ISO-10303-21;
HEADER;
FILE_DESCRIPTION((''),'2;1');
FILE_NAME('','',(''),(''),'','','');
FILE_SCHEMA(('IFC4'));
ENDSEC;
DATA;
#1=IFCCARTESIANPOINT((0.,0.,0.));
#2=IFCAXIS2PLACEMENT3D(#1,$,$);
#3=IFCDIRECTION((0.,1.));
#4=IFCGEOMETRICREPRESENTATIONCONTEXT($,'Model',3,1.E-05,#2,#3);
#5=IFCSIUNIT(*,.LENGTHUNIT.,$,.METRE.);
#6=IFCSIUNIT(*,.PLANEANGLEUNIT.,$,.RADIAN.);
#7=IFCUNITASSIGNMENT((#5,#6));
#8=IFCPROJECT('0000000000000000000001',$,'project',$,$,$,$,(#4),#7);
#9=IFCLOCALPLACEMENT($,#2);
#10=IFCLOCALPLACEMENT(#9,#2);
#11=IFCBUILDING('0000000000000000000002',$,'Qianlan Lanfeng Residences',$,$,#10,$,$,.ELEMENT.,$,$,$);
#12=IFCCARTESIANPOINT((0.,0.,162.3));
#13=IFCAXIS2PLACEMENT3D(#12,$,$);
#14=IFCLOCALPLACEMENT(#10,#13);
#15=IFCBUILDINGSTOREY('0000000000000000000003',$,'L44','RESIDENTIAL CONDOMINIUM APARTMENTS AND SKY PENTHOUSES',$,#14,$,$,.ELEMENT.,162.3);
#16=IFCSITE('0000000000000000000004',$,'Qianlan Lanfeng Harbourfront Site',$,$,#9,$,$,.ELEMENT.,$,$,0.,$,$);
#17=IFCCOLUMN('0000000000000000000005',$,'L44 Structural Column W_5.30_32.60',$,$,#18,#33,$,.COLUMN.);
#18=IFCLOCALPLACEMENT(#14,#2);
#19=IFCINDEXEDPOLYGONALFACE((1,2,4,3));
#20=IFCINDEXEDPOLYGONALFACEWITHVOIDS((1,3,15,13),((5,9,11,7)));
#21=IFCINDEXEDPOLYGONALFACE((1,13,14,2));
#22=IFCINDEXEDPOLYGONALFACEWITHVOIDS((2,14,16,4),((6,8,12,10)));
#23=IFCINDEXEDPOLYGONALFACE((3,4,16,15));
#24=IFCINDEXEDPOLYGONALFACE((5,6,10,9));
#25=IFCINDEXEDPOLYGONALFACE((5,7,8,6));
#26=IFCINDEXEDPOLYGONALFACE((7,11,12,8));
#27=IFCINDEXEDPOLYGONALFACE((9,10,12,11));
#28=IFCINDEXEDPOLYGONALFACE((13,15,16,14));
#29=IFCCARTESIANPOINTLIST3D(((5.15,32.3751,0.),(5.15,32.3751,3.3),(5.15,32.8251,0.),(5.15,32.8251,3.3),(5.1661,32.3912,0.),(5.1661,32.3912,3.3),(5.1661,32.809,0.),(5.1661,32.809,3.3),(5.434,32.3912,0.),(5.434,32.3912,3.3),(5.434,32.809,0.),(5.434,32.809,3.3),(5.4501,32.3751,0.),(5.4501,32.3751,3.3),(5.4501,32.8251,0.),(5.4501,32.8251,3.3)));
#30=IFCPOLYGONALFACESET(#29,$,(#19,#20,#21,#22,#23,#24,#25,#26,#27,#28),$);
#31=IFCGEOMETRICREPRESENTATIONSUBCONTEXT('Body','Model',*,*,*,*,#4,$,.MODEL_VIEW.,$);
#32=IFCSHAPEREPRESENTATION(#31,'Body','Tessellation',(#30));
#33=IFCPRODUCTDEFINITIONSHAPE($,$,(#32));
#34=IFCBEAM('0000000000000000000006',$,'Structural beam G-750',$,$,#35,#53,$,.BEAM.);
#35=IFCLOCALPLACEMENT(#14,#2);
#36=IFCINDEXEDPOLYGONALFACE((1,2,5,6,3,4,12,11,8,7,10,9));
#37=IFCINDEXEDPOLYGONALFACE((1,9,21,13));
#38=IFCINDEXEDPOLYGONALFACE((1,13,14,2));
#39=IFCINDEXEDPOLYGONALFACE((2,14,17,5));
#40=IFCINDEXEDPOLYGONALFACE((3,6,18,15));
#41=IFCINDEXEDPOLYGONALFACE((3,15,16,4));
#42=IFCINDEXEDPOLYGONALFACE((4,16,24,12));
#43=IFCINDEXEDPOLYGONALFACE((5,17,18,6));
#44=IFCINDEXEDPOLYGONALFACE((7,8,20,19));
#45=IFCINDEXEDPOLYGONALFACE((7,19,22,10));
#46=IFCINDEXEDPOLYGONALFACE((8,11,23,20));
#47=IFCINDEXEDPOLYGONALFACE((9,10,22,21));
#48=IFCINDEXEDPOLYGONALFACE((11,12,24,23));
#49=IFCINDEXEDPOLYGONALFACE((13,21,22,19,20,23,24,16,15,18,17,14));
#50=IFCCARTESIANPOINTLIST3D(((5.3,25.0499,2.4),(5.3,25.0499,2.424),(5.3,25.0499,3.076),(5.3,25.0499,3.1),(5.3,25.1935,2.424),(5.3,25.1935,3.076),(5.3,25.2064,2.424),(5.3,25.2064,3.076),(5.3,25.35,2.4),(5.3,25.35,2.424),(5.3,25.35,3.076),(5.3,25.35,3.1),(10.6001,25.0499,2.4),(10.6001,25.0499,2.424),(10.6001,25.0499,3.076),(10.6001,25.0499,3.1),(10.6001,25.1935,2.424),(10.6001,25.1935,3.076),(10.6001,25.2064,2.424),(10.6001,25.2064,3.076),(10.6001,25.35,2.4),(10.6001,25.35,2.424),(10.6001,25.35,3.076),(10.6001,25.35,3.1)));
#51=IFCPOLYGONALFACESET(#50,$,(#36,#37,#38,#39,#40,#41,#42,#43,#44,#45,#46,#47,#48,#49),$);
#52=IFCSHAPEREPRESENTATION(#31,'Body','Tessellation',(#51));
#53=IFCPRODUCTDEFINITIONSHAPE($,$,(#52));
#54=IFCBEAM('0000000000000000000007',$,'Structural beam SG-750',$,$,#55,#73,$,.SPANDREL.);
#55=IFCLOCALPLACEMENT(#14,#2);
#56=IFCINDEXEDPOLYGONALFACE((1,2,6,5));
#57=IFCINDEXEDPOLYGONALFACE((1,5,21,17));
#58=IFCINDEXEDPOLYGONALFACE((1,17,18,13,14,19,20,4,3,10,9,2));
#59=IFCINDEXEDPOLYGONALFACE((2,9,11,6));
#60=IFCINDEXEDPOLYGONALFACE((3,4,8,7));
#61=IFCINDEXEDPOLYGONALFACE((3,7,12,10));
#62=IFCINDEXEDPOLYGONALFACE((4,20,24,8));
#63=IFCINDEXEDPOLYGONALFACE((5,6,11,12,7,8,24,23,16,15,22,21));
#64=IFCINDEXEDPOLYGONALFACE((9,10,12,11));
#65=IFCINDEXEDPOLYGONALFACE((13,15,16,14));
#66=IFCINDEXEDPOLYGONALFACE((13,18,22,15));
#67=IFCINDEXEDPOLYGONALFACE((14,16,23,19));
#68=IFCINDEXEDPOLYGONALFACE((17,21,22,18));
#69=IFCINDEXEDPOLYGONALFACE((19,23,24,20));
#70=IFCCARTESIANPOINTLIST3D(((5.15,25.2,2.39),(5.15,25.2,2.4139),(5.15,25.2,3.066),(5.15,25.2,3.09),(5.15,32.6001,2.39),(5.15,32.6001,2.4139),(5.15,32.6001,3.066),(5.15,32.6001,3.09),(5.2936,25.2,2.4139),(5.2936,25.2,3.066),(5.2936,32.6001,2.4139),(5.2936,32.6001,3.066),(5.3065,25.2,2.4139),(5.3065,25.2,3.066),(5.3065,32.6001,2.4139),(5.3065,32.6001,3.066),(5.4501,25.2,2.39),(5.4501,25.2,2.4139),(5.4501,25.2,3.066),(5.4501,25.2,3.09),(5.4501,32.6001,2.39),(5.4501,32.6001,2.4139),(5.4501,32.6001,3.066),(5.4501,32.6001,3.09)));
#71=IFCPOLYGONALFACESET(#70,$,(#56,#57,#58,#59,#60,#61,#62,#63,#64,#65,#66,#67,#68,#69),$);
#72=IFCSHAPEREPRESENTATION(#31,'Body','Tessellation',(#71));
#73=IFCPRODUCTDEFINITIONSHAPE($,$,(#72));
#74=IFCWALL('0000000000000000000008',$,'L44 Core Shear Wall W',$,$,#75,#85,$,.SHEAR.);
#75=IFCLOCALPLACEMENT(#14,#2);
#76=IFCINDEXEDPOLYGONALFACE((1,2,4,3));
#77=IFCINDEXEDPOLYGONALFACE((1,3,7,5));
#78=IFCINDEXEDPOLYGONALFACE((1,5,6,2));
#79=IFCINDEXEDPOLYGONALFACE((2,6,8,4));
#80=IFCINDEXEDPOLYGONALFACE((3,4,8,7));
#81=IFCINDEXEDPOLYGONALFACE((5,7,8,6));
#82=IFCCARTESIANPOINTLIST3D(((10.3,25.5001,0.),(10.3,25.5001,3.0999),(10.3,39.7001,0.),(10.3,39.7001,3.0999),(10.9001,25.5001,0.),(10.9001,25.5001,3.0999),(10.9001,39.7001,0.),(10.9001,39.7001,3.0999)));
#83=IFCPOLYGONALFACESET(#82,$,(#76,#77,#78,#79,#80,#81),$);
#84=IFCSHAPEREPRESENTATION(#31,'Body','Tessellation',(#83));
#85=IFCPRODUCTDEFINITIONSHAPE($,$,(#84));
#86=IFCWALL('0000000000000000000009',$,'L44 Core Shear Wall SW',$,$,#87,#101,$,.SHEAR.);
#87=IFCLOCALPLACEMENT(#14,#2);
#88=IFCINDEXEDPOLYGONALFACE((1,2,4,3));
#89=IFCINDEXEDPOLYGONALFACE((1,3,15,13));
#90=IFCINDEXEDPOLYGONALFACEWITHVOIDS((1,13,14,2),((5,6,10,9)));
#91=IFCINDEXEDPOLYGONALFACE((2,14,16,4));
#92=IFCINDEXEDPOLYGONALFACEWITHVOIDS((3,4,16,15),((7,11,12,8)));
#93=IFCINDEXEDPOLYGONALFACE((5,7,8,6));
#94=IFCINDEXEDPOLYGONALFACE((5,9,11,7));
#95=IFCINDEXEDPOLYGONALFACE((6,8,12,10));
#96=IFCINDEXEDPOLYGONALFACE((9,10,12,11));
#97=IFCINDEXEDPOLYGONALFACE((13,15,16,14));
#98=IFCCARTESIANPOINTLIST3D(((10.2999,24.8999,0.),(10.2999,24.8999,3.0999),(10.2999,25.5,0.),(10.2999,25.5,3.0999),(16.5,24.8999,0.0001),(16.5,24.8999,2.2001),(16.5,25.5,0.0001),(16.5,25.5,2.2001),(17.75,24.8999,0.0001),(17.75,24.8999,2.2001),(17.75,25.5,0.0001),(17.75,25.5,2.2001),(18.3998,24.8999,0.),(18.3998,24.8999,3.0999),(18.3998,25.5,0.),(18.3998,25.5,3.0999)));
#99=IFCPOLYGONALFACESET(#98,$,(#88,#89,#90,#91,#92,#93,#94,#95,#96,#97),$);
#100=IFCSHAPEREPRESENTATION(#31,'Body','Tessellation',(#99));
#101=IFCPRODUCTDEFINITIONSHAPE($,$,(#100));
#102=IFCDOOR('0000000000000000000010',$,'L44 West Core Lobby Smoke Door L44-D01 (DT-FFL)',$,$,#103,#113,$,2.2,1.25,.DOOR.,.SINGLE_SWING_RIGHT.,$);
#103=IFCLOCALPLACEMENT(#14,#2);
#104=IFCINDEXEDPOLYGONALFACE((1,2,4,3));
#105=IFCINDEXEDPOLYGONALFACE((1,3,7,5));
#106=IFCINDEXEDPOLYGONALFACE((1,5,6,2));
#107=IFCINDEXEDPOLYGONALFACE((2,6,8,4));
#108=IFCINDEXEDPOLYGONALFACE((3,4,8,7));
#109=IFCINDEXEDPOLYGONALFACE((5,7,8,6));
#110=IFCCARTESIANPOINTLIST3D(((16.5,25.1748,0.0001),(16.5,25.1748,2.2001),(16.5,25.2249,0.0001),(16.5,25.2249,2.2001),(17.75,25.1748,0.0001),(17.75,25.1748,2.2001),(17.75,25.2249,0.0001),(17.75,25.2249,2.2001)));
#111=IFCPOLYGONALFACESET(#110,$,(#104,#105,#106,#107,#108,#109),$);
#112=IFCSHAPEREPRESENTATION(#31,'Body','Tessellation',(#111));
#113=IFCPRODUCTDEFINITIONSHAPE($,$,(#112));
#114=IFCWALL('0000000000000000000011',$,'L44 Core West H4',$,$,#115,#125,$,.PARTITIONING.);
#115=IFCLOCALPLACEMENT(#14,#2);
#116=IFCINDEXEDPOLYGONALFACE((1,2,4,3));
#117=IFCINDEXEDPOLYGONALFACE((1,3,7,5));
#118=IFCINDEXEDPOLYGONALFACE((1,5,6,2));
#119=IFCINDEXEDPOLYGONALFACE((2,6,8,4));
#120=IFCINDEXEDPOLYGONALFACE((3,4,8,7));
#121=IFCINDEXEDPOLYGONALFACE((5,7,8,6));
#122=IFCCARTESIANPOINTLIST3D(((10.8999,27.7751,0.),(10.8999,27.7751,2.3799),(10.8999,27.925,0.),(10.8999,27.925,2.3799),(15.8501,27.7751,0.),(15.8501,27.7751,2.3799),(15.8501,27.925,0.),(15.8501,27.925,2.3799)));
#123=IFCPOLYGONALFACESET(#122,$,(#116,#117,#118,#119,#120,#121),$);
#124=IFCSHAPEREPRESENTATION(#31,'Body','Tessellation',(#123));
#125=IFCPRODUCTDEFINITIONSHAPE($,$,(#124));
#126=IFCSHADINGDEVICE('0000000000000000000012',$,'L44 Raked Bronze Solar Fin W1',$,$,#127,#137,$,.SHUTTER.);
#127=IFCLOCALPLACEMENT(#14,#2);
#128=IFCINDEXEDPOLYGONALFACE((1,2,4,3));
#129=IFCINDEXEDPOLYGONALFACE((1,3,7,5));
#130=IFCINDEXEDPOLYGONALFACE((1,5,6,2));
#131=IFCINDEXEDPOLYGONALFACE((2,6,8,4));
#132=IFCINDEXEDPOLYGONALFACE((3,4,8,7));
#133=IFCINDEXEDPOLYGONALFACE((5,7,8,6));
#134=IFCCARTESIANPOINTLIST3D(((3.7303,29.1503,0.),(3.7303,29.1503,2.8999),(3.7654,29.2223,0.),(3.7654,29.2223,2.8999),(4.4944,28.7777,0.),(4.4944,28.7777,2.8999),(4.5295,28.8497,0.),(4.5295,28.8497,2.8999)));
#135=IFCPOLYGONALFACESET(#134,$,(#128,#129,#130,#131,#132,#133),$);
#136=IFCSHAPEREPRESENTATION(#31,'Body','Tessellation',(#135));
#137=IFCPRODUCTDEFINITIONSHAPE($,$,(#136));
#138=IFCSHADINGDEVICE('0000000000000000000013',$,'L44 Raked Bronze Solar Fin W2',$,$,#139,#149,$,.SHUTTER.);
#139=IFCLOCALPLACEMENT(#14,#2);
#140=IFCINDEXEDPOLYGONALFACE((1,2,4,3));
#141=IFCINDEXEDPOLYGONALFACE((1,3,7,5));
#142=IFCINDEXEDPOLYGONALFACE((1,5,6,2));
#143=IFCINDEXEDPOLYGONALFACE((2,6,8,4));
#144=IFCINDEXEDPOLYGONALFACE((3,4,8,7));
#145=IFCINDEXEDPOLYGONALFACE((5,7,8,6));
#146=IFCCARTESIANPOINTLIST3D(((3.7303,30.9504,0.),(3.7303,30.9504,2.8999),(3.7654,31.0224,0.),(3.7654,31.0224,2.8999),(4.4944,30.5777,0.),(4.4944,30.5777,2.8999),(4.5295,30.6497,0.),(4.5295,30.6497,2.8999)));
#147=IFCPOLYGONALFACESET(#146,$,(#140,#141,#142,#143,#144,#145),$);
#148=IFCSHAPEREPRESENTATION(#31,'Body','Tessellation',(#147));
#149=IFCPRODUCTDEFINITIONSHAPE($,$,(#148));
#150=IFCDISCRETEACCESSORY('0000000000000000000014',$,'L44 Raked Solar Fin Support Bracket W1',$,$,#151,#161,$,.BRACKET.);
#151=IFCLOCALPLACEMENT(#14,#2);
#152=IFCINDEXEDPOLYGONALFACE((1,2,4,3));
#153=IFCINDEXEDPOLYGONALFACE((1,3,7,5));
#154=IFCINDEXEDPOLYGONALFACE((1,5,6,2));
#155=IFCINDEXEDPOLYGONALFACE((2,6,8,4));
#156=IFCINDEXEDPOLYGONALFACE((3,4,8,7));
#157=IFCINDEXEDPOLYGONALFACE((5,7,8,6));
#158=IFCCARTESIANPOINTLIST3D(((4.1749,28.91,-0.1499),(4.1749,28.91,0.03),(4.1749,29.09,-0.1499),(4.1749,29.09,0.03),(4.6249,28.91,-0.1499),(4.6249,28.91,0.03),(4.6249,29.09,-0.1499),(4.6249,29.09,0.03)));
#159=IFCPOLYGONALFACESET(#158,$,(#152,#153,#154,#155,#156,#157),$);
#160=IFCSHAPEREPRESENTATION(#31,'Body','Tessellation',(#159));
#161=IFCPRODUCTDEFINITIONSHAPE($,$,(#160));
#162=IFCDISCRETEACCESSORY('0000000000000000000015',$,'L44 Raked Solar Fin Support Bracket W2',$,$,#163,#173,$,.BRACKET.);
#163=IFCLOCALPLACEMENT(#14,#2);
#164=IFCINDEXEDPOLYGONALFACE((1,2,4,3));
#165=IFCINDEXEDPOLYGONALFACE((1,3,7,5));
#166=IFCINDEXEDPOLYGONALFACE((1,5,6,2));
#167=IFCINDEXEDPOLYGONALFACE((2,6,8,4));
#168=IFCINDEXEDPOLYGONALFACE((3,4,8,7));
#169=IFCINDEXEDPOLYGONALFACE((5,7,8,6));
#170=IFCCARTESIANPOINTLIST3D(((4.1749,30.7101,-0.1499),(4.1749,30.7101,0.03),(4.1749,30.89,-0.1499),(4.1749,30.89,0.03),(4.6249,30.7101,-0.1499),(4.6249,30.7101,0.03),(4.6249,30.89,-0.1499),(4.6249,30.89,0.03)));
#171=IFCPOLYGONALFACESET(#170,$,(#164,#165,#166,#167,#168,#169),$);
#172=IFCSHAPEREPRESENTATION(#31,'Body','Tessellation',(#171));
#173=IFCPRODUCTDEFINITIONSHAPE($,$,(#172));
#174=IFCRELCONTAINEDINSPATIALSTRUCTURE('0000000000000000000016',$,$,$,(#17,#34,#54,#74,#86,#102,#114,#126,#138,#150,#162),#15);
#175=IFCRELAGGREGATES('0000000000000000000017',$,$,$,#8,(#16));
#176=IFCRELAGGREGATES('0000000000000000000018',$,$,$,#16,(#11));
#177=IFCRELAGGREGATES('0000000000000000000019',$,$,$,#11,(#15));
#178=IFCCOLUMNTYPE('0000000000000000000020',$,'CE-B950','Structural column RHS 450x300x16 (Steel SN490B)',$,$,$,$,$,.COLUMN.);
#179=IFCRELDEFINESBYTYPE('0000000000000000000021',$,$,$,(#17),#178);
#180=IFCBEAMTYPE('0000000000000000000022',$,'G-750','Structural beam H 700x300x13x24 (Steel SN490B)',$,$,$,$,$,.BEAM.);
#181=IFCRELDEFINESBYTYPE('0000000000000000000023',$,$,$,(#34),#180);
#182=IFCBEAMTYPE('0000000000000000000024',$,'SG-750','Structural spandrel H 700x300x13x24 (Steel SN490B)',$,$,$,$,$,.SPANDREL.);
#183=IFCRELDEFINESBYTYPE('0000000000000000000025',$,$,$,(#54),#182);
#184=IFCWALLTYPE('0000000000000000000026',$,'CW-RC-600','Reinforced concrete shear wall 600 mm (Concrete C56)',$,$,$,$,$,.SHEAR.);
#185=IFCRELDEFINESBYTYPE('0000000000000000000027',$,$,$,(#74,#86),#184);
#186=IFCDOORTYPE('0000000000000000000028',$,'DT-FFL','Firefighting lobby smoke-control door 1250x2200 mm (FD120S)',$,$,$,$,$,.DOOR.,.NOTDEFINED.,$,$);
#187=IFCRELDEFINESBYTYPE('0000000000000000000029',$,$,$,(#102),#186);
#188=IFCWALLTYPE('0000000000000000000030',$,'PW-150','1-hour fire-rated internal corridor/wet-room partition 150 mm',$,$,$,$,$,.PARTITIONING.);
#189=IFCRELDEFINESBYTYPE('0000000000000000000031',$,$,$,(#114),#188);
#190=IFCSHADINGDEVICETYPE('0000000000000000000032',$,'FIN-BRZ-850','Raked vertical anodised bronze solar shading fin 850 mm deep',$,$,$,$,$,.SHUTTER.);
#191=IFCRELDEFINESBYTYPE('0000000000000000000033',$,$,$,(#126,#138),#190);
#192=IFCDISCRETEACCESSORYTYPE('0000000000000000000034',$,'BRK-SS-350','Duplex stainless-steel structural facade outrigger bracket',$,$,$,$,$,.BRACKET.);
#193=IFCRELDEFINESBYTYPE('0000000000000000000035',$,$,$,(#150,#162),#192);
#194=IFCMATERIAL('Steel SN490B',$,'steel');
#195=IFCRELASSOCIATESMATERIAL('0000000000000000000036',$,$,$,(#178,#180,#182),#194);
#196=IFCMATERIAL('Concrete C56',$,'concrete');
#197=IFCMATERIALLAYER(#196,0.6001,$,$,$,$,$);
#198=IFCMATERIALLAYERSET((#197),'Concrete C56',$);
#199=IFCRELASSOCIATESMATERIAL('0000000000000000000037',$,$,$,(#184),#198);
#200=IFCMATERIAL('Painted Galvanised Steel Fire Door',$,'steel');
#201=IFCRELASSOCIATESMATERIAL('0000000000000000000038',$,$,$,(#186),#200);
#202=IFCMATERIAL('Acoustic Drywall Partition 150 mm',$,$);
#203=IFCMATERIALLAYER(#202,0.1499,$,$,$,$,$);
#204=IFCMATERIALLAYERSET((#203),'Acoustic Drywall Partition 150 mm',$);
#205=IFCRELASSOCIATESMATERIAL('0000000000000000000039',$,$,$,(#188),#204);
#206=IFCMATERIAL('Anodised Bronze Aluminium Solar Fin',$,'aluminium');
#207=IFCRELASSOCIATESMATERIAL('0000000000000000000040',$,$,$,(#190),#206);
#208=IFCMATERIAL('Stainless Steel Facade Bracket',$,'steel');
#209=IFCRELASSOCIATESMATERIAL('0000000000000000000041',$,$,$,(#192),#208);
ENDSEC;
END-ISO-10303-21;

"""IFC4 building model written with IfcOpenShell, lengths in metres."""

from ifc_helpers import new_model, si_unit, direction, frame, frame_2d, origin, origin_2d, place, context, subcontext, project, spatial, rectangle, hollow_rectangle, i_section, extrude, source, transform, mapped, material, layer, layer_set, material_profile, profile_set, type_object, element, fill, save


model = new_model("IFC4")

# Units and contexts
model_context = context("Model", 3, precision=1e-05, world=origin(), true_north=direction((0.0, 1.0)))
body_context = subcontext(model_context, "Body", "Model", "MODEL_VIEW")
ifc_project = project(units=[si_unit("LENGTHUNIT", "METRE"), si_unit("PLANEANGLEUNIT", "RADIAN")], contexts=[model_context])

# Site, building, storey
site_placement = place(None, origin())
site = spatial("IfcSite", under=ifc_project, at=site_placement, Name="Qianlan Lanfeng Harbourfront Site", CompositionType="ELEMENT", RefElevation=0.0)
building_placement = place(site_placement, origin())
building = spatial("IfcBuilding", under=site, at=building_placement, Name="Qianlan Lanfeng Residences", CompositionType="ELEMENT")
storey_placement = place(building_placement, frame((0.0, 0.0, 162.3)))
storey = spatial("IfcBuildingStorey", under=building, at=storey_placement, Name="L44", Description="RESIDENTIAL CONDOMINIUM APARTMENTS AND SKY PENTHOUSES", CompositionType="ELEMENT", Elevation=162.3)

# Column
ifc_material_1 = material(Name="Steel SN490B", Category="steel")
ifc_material_profile_1 = material_profile(ifc_material_1, hollow_rectangle(XDim=0.3, YDim=0.45, WallThickness=0.0161, at=origin_2d()), Name="RHS 450x300x16")
ifc_profile_set_1 = profile_set([ifc_material_profile_1], Name="Steel SN490B")
column_type = type_object("IfcColumnType", Name="CE-B950", Description="Structural column RHS 450x300x16 (Steel SN490B)", PredefinedType="COLUMN", material=ifc_profile_set_1)
column_placement = place(storey_placement, frame((5.3, 32.6001, 0.0), z_axis=(0.0, 0.0, 1.0), x_axis=(1.0, 0.0, 0.0)))
element("IfcColumn", 1, at=column_placement, inside=storey, type_object=column_type, Name="L44 Structural Column W_5.30_32.60", PredefinedType="COLUMN", context=body_context, shape_type="SweptSolid", body=[
    extrude(hollow_rectangle(XDim=0.3, YDim=0.45, WallThickness=0.0161, at=origin_2d()), origin(), (0.0, 0.0, 1.0), 3.3),
])

# Beams
ifc_material_profile_2 = material_profile(ifc_material_1, i_section(OverallWidth=0.3, OverallDepth=0.7, WebThickness=0.0129, FlangeThickness=0.0239, at=origin_2d()), Name="H 700x300x13x24")
ifc_profile_set_2 = profile_set([ifc_material_profile_2], Name="Steel SN490B")
beam_type_1 = type_object("IfcBeamType", Name="G-750", Description="Structural beam H 700x300x13x24 (Steel SN490B)", PredefinedType="BEAM", material=ifc_profile_set_2)
beam_1_placement = place(storey_placement, frame((5.3, 25.2, 2.75), z_axis=(1.0, 0.0, 0.0), x_axis=(0.0, 1.0, 0.0)))
element("IfcBeam", 2, at=beam_1_placement, inside=storey, type_object=beam_type_1, Name="Structural beam G-750", PredefinedType="BEAM", context=body_context, shape_type="SweptSolid", body=[
    extrude(i_section(OverallWidth=0.3, OverallDepth=0.7, WebThickness=0.0129, FlangeThickness=0.0239, at=origin_2d()), origin(), (0.0, 0.0, 1.0), 5.3),
])
ifc_material_profile_3 = material_profile(ifc_material_1, i_section(OverallWidth=0.3, OverallDepth=0.7, WebThickness=0.0129, FlangeThickness=0.0239, at=origin_2d()), Name="H 700x300x13x24")
ifc_profile_set_3 = profile_set([ifc_material_profile_3], Name="Steel SN490B")
beam_type_2 = type_object("IfcBeamType", Name="SG-750", Description="Structural spandrel H 700x300x13x24 (Steel SN490B)", PredefinedType="SPANDREL", material=ifc_profile_set_3)
beam_2_placement = place(storey_placement, frame((5.3, 25.2, 2.74), z_axis=(0.0, 1.0, 0.0), x_axis=(-1.0, 0.0, 0.0)))
element("IfcBeam", 3, at=beam_2_placement, inside=storey, type_object=beam_type_2, Name="Structural beam SG-750", PredefinedType="SPANDREL", context=body_context, shape_type="SweptSolid", body=[
    extrude(i_section(OverallWidth=0.3, OverallDepth=0.7, WebThickness=0.0129, FlangeThickness=0.0239, at=origin_2d()), origin(), (0.0, 0.0, 1.0), 7.4001),
])

# Wall
ifc_material_2 = material(Name="Concrete C56", Category="concrete")
ifc_layer_1 = layer(ifc_material_2, 0.6001)
ifc_layer_set_1 = layer_set([ifc_layer_1], Name="Concrete C56")
wall_type_1 = type_object("IfcWallType", Name="CW-RC-600", Description="Reinforced concrete shear wall 600 mm (Concrete C56)", PredefinedType="SHEAR", material=ifc_layer_set_1)
wall_1_placement = place(storey_placement, frame((10.6001, 25.5, 0.0), z_axis=(0.0, 0.0, 1.0), x_axis=(0.0, 1.0, 0.0)))
element("IfcWall", 4, at=wall_1_placement, inside=storey, type_object=wall_type_1, Name="L44 Core Shear Wall W", PredefinedType="SHEAR", context=body_context, shape_type="SweptSolid", body=[
    extrude(rectangle(XDim=14.2, YDim=0.6001, at=frame_2d((7.1001, 0.0))), origin(), (0.0, 0.0, 1.0), 3.0999),
])

# Wall, opening, door
wall_2_placement = place(storey_placement, frame((10.3, 25.2, 0.0), z_axis=(0.0, 0.0, 1.0), x_axis=(1.0, 0.0, 0.0)))
wall_2 = element("IfcWall", 5, at=wall_2_placement, inside=storey, type_object=wall_type_1, Name="L44 Core Shear Wall SW", PredefinedType="SHEAR", context=body_context, shape_type="SweptSolid", body=[
    extrude(rectangle(XDim=8.0999, YDim=0.6001, at=frame_2d((4.0498, 0.0))), origin(), (0.0, 0.0, 1.0), 3.0999),
])
opening_placement = place(wall_2_placement, frame((6.2, 0.0, 0.0)))
opening = element("IfcOpeningElement", 6, at=opening_placement, cuts=wall_2, PredefinedType="OPENING", context=body_context, shape_type="SweptSolid", body=[
    extrude(rectangle(XDim=1.25, YDim=2.2, at=frame_2d((0.625, 1.1001))), frame((0.0, 0.3101, 0.0), z_axis=(0.0, -1.0, 0.0), x_axis=(1.0, 0.0, 0.0)), (0.0, 0.0, 1.0), 0.6201),
])
ifc_material_3 = material(Name="Painted Galvanised Steel Fire Door", Category="steel")
door_type = type_object("IfcDoorType", Name="DT-FFL", Description="Firefighting lobby smoke-control door 1250x2200 mm (FD120S)", OperationType="NOTDEFINED", PredefinedType="DOOR", material=ifc_material_3)
door_placement = place(opening_placement, origin())
door = element("IfcDoor", 7, at=door_placement, inside=storey, type_object=door_type, Name="L44 West Core Lobby Smoke Door L44-D01 (DT-FFL)", OperationType="SINGLE_SWING_RIGHT", OverallHeight=2.2, OverallWidth=1.25, PredefinedType="DOOR", context=body_context, shape_type="SweptSolid", body=[
    extrude(rectangle(XDim=1.25, YDim=2.2, at=frame_2d((0.625, 1.1001))), frame((0.0, 0.0249, 0.0), z_axis=(0.0, -1.0, 0.0), x_axis=(1.0, 0.0, 0.0)), (0.0, 0.0, 1.0), 0.05),
])
fill(opening, door)

# Wall
ifc_material_4 = material(Name="Acoustic Drywall Partition 150 mm")
ifc_layer_2 = layer(ifc_material_4, 0.1499)
ifc_layer_set_2 = layer_set([ifc_layer_2], Name="Acoustic Drywall Partition 150 mm")
wall_type_2 = type_object("IfcWallType", Name="PW-150", Description="1-hour fire-rated internal corridor/wet-room partition 150 mm", PredefinedType="PARTITIONING", material=ifc_layer_set_2)
wall_3_placement = place(storey_placement, frame((10.8999, 27.8501, 0.0), z_axis=(0.0, 0.0, 1.0), x_axis=(1.0, 0.0, 0.0)))
element("IfcWall", 8, at=wall_3_placement, inside=storey, type_object=wall_type_2, Name="L44 Core West H4", PredefinedType="PARTITIONING", context=body_context, shape_type="SweptSolid", body=[
    extrude(rectangle(XDim=4.9502, YDim=0.1499, at=frame_2d((2.4751, 0.0))), origin(), (0.0, 0.0, 1.0), 2.3799),
])

# Shading devices
ifc_material_5 = material(Name="Anodised Bronze Aluminium Solar Fin", Category="aluminium")
shading_device_type = type_object("IfcShadingDeviceType", Name="FIN-BRZ-850", Description="Raked vertical anodised bronze solar shading fin 850 mm deep", PredefinedType="SHUTTER", material=ifc_material_5)
shared_shape_1 = source(origin(), body_context, "Body", "SweptSolid", [
    extrude(rectangle(XDim=0.8501, YDim=0.0801, at=origin_2d()), origin(), (0.0, 0.0, 1.0), 2.8999),
])
for number, where, z_axis, x_axis, name in (
    (9, (4.1299, 29.0, 0.0), (0.0, 0.0, 1.0), (0.898794, -0.438371, 0.0), "L44 Raked Bronze Solar Fin W1"),
    (10, (4.1299, 30.8, 0.0), (0.0, 0.0, 1.0), (0.898794, -0.438371, 0.0), "L44 Raked Bronze Solar Fin W2"),
):
    element("IfcShadingDevice", number, at=place(storey_placement, frame(where, z_axis=z_axis, x_axis=x_axis)), inside=storey, type_object=shading_device_type, Name=name, PredefinedType="SHUTTER", context=body_context, shape_type="MappedRepresentation", body=[
        mapped(shared_shape_1, transform((0.0, 0.0, 0.0), scale=1.0)),
    ])

# Discrete accessories
ifc_material_6 = material(Name="Stainless Steel Facade Bracket", Category="steel")
discrete_accessory_type = type_object("IfcDiscreteAccessoryType", Name="BRK-SS-350", Description="Duplex stainless-steel structural facade outrigger bracket", PredefinedType="BRACKET", material=ifc_material_6)
shared_shape_2 = source(origin(), body_context, "Body", "SweptSolid", [
    extrude(rectangle(XDim=0.45, YDim=0.1799, at=origin_2d()), origin(), (0.0, 0.0, 1.0), 0.1799),
])
for number, where, z_axis, x_axis, name in (
    (11, (4.3999, 29.0, -0.1499), (0.0, 0.0, 1.0), (1.0, 0.0, 0.0), "L44 Raked Solar Fin Support Bracket W1"),
    (12, (4.3999, 30.8, -0.1499), (0.0, 0.0, 1.0), (1.0, 0.0, 0.0), "L44 Raked Solar Fin Support Bracket W2"),
):
    element("IfcDiscreteAccessory", number, at=place(storey_placement, frame(where, z_axis=z_axis, x_axis=x_axis)), inside=storey, type_object=discrete_accessory_type, Name=name, PredefinedType="BRACKET", context=body_context, shape_type="MappedRepresentation", body=[
        mapped(shared_shape_2, transform((0.0, 0.0, 0.0), scale=1.0)),
    ])

save(model, "model.ifc")
